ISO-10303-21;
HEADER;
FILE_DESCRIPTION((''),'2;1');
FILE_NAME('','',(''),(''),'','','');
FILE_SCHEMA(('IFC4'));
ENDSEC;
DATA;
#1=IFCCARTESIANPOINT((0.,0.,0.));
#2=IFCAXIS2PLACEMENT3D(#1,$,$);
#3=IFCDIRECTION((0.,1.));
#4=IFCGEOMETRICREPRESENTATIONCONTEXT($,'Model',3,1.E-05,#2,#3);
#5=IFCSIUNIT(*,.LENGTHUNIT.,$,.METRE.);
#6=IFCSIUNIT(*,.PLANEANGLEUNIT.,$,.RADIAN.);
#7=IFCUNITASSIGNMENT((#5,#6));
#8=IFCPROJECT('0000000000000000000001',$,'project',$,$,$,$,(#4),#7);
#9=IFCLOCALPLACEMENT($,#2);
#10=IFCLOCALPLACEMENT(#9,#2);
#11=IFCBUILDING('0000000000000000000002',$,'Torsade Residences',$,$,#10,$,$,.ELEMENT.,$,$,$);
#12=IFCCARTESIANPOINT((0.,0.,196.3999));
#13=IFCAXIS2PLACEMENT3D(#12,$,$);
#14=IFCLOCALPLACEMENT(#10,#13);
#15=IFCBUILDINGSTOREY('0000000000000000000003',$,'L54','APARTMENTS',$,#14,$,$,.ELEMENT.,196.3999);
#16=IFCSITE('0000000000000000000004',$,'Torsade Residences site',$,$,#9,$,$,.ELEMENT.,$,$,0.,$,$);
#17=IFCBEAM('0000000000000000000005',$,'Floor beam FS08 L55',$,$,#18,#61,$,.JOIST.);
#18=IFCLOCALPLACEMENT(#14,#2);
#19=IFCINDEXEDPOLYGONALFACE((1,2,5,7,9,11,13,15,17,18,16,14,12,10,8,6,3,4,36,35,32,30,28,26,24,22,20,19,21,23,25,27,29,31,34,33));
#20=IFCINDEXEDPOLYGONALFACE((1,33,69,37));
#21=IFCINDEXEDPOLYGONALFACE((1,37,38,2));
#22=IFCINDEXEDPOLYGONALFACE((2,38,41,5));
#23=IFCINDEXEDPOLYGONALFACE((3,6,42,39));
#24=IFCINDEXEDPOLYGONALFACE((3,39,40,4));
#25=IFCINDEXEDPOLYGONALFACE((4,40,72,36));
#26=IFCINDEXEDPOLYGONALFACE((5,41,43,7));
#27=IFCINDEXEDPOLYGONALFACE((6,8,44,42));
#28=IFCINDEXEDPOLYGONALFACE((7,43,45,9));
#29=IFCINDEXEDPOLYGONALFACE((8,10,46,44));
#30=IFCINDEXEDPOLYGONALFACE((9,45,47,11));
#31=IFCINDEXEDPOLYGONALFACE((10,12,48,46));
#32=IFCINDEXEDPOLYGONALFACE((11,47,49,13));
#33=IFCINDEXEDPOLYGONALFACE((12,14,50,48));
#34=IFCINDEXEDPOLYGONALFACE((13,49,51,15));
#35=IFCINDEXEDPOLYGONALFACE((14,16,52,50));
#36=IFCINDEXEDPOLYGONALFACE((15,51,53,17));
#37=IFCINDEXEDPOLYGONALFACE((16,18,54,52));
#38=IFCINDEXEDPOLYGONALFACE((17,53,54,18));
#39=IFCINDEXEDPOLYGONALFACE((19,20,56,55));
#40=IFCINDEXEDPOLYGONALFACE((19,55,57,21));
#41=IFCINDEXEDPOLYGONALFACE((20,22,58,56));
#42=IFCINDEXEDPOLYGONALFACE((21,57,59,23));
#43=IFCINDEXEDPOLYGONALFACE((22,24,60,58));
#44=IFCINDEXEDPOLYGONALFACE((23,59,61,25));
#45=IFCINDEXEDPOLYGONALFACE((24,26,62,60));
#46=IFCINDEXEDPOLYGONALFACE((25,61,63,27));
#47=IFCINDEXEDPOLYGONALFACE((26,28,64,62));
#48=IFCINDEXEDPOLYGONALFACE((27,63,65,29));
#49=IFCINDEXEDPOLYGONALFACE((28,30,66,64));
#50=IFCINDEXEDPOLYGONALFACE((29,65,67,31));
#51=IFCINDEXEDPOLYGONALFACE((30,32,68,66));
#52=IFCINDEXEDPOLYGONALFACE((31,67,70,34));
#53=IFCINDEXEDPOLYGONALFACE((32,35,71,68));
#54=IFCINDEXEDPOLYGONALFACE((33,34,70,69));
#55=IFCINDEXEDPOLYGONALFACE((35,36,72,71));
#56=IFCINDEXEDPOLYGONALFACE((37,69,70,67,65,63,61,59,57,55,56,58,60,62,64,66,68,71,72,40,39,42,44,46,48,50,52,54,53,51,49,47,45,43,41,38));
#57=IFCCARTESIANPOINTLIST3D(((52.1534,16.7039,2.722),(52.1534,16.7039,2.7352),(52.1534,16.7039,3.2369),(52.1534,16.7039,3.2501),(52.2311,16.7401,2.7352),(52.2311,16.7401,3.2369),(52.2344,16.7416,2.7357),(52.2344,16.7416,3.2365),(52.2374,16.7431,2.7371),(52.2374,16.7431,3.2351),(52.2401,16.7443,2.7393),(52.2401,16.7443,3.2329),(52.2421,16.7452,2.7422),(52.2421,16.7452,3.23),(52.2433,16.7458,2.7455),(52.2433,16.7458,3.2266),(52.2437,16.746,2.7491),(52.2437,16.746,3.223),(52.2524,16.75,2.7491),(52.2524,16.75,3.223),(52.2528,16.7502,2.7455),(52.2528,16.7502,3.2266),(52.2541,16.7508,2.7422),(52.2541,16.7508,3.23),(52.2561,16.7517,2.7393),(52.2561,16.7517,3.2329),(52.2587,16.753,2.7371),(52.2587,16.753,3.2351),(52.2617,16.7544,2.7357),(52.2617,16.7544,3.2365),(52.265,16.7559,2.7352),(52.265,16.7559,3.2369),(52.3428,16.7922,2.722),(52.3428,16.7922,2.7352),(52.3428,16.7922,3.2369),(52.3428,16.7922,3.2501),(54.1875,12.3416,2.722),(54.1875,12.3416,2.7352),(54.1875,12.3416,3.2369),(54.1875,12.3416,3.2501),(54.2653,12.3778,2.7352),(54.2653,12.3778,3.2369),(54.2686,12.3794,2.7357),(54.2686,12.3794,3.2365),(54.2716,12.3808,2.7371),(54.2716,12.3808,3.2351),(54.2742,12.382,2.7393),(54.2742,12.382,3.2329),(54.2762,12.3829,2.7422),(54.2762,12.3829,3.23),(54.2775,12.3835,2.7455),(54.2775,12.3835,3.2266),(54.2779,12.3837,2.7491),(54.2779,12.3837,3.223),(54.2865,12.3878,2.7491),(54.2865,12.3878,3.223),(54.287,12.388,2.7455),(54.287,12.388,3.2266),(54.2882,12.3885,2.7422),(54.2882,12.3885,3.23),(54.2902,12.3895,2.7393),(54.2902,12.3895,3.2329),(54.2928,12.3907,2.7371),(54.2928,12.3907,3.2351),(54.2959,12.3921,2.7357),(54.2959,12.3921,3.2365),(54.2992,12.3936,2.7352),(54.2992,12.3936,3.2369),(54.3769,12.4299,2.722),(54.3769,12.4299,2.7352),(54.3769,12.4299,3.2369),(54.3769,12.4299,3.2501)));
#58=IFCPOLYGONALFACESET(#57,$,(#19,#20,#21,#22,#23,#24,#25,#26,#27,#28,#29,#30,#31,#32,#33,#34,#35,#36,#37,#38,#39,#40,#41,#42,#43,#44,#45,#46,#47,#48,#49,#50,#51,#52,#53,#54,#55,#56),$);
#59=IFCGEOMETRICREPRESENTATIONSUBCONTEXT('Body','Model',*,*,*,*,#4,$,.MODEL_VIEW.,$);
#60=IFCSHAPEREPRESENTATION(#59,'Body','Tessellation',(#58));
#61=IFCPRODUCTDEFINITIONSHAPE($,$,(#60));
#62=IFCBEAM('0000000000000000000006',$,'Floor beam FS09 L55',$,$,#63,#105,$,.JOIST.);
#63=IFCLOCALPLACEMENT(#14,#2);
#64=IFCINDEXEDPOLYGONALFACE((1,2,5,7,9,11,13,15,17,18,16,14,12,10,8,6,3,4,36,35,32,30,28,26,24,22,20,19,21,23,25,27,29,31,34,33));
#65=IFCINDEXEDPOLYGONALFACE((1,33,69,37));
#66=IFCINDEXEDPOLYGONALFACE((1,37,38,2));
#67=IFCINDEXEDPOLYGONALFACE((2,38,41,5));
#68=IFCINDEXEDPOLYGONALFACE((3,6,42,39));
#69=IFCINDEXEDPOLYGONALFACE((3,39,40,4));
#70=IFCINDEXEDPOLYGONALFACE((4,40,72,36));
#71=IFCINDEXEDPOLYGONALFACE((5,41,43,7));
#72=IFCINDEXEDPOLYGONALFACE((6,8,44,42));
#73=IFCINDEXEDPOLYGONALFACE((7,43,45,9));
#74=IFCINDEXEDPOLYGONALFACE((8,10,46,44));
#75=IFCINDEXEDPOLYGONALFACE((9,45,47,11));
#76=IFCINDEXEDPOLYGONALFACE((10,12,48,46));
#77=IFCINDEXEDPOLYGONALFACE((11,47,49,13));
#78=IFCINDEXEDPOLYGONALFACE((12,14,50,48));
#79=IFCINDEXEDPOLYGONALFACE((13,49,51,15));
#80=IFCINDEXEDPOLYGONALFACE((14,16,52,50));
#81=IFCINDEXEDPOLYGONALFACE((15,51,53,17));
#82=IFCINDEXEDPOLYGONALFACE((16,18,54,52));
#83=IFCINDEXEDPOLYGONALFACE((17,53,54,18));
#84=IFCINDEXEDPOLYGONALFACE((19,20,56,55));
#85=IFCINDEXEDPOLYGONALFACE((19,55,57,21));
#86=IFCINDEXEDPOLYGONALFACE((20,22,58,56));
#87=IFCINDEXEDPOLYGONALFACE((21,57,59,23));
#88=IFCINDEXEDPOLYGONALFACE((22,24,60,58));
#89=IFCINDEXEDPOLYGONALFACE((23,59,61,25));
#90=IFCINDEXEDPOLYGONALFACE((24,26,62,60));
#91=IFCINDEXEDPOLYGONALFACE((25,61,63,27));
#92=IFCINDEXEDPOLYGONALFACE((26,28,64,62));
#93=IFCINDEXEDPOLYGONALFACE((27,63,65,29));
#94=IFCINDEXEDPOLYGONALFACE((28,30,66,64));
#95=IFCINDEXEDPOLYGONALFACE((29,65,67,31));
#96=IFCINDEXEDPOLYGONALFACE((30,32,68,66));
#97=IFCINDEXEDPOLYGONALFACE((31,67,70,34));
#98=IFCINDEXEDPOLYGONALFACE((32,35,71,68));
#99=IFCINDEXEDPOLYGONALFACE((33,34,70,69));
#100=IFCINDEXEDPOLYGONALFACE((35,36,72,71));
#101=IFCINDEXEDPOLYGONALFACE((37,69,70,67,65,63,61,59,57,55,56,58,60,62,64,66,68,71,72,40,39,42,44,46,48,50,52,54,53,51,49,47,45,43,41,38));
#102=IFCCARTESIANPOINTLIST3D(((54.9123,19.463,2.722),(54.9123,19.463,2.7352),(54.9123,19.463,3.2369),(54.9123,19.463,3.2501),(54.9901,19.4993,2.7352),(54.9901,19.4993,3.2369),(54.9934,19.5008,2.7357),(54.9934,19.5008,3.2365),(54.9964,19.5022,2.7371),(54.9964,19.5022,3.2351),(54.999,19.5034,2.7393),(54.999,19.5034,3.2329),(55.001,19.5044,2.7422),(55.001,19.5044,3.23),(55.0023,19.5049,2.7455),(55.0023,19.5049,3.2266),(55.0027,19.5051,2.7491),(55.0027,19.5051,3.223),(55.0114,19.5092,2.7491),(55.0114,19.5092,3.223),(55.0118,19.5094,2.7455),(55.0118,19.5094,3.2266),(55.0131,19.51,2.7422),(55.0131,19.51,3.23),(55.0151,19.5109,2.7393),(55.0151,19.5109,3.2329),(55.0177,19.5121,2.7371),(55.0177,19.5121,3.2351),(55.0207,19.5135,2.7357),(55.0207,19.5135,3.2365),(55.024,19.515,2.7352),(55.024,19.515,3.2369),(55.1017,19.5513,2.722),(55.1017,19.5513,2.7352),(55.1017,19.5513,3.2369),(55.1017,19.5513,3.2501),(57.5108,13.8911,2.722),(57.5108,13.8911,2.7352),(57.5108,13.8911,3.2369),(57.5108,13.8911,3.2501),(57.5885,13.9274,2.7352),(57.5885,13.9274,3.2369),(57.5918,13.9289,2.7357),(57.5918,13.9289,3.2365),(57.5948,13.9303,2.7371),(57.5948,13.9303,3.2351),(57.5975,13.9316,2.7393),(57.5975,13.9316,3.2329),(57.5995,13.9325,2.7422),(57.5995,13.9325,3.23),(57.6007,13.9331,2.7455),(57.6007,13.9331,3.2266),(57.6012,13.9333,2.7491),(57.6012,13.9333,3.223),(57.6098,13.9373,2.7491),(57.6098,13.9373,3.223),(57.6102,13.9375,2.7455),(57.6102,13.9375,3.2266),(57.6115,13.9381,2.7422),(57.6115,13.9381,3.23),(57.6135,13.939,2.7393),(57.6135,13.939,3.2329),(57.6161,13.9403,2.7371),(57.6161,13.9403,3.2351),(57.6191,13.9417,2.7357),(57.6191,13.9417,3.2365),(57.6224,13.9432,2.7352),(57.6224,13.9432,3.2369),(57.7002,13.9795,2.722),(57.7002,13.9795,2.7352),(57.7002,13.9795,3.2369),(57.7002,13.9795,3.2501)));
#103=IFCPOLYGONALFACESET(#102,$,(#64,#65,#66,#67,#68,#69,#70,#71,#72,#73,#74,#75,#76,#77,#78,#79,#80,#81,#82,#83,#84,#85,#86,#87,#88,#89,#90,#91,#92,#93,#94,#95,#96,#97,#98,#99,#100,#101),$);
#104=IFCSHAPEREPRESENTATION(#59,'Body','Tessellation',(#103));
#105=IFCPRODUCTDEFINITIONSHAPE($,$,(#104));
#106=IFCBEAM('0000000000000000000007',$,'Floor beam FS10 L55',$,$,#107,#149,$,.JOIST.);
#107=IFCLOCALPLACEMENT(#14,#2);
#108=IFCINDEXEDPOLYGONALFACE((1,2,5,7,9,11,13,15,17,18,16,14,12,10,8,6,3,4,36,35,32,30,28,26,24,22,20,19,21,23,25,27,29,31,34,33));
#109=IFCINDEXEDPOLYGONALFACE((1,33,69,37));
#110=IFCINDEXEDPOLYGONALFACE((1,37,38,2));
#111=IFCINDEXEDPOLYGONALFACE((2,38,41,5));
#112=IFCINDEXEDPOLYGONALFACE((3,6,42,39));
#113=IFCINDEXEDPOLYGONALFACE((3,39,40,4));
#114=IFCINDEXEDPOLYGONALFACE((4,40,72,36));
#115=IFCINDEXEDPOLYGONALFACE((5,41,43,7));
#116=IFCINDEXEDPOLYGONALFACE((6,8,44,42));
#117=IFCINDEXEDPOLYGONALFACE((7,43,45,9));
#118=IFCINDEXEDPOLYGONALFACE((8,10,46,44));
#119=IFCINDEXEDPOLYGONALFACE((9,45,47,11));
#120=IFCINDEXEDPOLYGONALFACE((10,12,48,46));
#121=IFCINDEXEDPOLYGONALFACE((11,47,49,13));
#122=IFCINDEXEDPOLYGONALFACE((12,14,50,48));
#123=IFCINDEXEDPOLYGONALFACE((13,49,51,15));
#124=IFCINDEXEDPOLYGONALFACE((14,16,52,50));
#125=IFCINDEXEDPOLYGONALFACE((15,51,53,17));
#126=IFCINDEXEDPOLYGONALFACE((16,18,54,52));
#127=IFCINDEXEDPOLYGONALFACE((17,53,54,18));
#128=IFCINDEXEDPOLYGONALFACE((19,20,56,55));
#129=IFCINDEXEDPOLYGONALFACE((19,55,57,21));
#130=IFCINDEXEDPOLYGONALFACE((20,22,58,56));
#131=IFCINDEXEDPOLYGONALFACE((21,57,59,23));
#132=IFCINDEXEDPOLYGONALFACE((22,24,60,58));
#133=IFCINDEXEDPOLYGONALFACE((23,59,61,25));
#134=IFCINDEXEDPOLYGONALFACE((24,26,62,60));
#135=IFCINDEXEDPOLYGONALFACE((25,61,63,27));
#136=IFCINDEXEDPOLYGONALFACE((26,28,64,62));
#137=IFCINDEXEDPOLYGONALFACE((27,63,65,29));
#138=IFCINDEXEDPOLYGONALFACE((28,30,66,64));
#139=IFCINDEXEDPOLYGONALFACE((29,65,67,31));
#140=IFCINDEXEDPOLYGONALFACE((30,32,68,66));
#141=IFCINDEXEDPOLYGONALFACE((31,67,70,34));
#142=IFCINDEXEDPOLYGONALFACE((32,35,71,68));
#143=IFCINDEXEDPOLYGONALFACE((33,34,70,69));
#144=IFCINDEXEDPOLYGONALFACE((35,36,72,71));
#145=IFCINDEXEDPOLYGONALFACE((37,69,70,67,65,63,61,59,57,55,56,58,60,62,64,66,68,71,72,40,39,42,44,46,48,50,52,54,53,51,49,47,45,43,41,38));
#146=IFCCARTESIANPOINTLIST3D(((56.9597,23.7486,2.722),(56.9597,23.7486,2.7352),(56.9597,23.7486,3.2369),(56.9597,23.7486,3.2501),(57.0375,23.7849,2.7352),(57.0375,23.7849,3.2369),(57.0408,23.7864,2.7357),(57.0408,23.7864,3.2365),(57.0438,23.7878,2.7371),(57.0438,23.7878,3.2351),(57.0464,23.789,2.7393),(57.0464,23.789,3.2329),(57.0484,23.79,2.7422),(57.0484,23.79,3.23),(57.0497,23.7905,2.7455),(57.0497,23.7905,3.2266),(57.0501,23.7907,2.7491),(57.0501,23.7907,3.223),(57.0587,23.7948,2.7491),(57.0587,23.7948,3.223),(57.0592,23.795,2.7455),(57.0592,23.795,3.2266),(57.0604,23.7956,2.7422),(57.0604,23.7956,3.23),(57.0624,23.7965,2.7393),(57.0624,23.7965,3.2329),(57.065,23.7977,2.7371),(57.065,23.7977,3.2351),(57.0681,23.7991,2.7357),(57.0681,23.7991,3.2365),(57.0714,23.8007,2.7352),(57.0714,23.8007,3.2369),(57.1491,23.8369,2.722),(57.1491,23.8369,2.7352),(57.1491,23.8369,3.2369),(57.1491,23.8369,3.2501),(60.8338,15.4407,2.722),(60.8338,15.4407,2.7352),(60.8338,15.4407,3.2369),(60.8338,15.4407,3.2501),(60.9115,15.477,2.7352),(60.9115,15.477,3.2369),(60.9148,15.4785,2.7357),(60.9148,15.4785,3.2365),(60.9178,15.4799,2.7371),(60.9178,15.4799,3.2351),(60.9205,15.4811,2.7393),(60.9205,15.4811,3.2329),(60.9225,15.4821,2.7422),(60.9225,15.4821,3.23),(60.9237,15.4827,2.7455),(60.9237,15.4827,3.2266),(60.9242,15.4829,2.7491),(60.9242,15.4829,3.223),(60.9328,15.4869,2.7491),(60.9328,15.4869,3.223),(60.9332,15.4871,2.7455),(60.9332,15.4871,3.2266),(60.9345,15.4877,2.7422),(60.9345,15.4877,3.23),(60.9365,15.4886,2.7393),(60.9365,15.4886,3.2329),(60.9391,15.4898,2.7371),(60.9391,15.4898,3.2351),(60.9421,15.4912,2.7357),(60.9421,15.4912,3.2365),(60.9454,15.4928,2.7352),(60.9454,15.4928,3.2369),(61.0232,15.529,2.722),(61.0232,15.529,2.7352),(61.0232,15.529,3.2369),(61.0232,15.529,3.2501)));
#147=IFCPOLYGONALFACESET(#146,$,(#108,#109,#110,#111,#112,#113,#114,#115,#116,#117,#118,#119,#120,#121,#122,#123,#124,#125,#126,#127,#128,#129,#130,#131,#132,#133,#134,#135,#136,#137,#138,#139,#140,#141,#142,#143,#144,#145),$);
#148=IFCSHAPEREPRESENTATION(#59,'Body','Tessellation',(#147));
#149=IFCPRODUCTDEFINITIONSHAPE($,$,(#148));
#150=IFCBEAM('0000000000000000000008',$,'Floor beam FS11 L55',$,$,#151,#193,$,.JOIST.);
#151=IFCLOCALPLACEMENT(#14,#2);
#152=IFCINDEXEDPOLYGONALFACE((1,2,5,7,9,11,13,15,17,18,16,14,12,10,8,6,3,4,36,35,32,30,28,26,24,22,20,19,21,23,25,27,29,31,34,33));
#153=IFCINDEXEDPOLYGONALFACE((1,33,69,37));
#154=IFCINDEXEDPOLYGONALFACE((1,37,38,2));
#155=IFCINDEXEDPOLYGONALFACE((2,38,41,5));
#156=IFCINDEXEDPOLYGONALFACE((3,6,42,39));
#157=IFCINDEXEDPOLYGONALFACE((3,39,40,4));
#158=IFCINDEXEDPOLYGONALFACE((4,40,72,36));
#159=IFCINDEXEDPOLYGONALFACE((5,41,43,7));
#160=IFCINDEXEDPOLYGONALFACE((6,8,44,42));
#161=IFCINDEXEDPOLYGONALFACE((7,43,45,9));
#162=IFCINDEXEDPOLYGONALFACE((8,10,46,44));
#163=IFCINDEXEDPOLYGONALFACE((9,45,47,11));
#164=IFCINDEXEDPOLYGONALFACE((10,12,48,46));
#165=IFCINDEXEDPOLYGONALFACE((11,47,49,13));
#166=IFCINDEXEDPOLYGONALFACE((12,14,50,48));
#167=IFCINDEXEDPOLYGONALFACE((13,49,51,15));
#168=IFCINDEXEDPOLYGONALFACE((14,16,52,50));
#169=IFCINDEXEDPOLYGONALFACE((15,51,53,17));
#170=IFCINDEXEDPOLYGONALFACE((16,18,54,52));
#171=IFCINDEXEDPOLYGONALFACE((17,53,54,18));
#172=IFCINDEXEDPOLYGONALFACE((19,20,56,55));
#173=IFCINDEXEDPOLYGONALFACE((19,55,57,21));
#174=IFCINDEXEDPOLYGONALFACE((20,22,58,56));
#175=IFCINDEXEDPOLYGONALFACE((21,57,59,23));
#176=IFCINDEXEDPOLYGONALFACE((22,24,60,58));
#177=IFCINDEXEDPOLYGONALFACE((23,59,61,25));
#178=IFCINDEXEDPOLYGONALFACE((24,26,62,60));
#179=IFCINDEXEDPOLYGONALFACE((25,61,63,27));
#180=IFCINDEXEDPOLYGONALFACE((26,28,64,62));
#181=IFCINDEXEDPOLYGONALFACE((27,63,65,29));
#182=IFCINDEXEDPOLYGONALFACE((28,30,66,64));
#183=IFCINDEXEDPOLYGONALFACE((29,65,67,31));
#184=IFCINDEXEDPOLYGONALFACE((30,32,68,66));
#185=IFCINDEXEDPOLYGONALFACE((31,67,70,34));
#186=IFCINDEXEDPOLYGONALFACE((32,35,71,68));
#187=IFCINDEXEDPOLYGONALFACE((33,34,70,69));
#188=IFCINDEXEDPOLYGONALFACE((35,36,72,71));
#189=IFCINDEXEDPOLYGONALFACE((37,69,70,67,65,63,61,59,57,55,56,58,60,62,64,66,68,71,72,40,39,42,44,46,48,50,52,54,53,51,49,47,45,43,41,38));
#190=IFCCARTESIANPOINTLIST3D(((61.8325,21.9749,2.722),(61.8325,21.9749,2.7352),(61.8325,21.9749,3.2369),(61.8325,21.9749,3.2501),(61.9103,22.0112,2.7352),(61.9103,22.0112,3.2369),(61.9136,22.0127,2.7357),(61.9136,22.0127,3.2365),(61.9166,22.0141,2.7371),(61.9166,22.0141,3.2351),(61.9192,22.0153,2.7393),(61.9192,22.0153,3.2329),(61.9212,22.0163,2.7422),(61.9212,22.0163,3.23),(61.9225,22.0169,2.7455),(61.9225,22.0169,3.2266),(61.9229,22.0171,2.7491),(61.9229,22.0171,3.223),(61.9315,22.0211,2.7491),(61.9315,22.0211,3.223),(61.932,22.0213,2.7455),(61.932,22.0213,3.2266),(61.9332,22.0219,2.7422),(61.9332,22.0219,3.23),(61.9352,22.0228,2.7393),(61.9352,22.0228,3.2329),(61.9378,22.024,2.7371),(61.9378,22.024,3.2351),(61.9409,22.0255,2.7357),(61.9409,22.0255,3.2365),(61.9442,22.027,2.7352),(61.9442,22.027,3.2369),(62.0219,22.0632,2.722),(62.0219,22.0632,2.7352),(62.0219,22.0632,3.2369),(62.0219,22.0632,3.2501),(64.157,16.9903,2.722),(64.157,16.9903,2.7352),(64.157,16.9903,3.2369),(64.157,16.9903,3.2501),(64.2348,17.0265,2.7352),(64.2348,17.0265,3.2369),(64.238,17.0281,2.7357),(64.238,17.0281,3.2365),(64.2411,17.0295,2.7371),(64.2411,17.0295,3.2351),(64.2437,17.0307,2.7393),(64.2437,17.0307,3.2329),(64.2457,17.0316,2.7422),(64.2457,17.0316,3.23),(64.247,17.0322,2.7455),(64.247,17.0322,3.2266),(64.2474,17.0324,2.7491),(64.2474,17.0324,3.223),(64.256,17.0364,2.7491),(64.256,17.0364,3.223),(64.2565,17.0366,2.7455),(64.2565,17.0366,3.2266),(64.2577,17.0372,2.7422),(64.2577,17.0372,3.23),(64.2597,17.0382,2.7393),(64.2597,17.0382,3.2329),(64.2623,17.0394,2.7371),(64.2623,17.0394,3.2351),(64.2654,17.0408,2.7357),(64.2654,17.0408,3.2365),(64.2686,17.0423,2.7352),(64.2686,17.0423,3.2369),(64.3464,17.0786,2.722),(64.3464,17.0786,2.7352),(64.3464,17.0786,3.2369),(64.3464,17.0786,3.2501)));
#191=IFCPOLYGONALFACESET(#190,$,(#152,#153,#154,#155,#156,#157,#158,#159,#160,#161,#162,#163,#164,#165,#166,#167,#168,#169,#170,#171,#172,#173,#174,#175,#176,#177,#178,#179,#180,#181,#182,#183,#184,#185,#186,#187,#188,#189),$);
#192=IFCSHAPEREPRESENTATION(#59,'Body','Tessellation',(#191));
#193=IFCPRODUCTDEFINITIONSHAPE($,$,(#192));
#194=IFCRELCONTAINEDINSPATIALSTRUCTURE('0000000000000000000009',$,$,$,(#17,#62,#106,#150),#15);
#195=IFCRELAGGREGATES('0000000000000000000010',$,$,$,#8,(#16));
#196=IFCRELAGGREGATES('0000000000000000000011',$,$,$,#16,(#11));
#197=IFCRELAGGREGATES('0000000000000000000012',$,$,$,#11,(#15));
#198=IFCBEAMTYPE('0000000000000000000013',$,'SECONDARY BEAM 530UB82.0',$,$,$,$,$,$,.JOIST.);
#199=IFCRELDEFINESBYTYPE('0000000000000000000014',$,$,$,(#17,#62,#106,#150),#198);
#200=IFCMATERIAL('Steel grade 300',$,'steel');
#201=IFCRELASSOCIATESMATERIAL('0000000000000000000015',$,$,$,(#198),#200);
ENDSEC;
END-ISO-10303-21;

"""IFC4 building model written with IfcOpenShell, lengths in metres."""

from ifc_helpers import new_model, si_unit, direction, frame, origin, origin_2d, place, context, subcontext, project, spatial, i_section, extrude, material, material_profile, profile_set, type_object, element, save


model = new_model("IFC4")

# Units and contexts
model_context = context("Model", 3, precision=1e-05, world=origin(), true_north=direction((0.0, 1.0)))
body_context = subcontext(model_context, "Body", "Model", "MODEL_VIEW")
ifc_project = project(units=[si_unit("LENGTHUNIT", "METRE"), si_unit("PLANEANGLEUNIT", "RADIAN")], contexts=[model_context])

# Site, building, storey
site_placement = place(None, origin())
site = spatial("IfcSite", under=ifc_project, at=site_placement, Name="Torsade Residences site", CompositionType="ELEMENT", RefElevation=0.0)
building_placement = place(site_placement, origin())
building = spatial("IfcBuilding", under=site, at=building_placement, Name="Torsade Residences", CompositionType="ELEMENT")
storey_placement = place(building_placement, frame((0.0, 0.0, 196.3999)))
storey = spatial("IfcBuildingStorey", under=building, at=storey_placement, Name="L54", Description="APARTMENTS", CompositionType="ELEMENT", Elevation=196.3999)

# Beams
ifc_material_1 = material(Name="Steel grade 300", Category="steel")
ifc_material_profile_1 = material_profile(ifc_material_1, i_section(OverallWidth=0.209, OverallDepth=0.5281, WebThickness=0.0095, FlangeThickness=0.0132, FilletRadius=0.0139, at=origin_2d()), Name="530UB82.0")
ifc_profile_set_1 = profile_set([ifc_material_profile_1], Name="Steel grade 300")
beam_type_1 = type_object("IfcBeamType", Name="SECONDARY BEAM 530UB82.0", PredefinedType="JOIST", material=ifc_profile_set_1)
beam_1_placement = place(storey_placement, frame((54.2822, 12.3857, 2.9861), z_axis=(-0.422619, 0.906308, 0.0), x_axis=(-0.906308, -0.422619, 0.0)))
element("IfcBeam", 1, at=beam_1_placement, inside=storey, type_object=beam_type_1, Name="Floor beam FS08 L55", PredefinedType="JOIST", context=body_context, shape_type="SweptSolid", body=[
    extrude(i_section(OverallWidth=0.209, OverallDepth=0.5281, WebThickness=0.0095, FlangeThickness=0.0132, FilletRadius=0.0139, at=origin_2d()), origin(), (0.0, 0.0, 1.0), 4.8132),
])
beam_2_placement = place(storey_placement, frame((57.6055, 13.9353, 2.9861), z_axis=(-0.422648, 0.906294, 0.0), x_axis=(-0.906294, -0.422648, 0.0)))
element("IfcBeam", 2, at=beam_2_placement, inside=storey, type_object=beam_type_1, Name="Floor beam FS09 L55", PredefinedType="JOIST", context=body_context, shape_type="SweptSolid", body=[
    extrude(i_section(OverallWidth=0.209, OverallDepth=0.5281, WebThickness=0.0095, FlangeThickness=0.0132, FilletRadius=0.0139, at=origin_2d()), origin(), (0.0, 0.0, 1.0), 6.1479),
])
beam_3_placement = place(storey_placement, frame((60.9285, 15.4849, 2.9861), z_axis=(-0.422619, 0.906308, 0.0), x_axis=(-0.906308, -0.422619, 0.0)))
element("IfcBeam", 3, at=beam_3_placement, inside=storey, type_object=beam_type_1, Name="Floor beam FS10 L55", PredefinedType="JOIST", context=body_context, shape_type="SweptSolid", body=[
    extrude(i_section(OverallWidth=0.209, OverallDepth=0.5281, WebThickness=0.0095, FlangeThickness=0.0132, FilletRadius=0.0139, at=origin_2d()), origin(), (0.0, 0.0, 1.0), 9.1667),
])
beam_4_placement = place(storey_placement, frame((64.2517, 17.0344, 2.9861), z_axis=(-0.422633, 0.906301, 0.0), x_axis=(-0.906301, -0.422633, 0.0)))
element("IfcBeam", 4, at=beam_4_placement, inside=storey, type_object=beam_type_1, Name="Floor beam FS11 L55", PredefinedType="JOIST", context=body_context, shape_type="SweptSolid", body=[
    extrude(i_section(OverallWidth=0.209, OverallDepth=0.5281, WebThickness=0.0095, FlangeThickness=0.0132, FilletRadius=0.0139, at=origin_2d()), origin(), (0.0, 0.0, 1.0), 5.5),
])

save(model, "model.ifc")
